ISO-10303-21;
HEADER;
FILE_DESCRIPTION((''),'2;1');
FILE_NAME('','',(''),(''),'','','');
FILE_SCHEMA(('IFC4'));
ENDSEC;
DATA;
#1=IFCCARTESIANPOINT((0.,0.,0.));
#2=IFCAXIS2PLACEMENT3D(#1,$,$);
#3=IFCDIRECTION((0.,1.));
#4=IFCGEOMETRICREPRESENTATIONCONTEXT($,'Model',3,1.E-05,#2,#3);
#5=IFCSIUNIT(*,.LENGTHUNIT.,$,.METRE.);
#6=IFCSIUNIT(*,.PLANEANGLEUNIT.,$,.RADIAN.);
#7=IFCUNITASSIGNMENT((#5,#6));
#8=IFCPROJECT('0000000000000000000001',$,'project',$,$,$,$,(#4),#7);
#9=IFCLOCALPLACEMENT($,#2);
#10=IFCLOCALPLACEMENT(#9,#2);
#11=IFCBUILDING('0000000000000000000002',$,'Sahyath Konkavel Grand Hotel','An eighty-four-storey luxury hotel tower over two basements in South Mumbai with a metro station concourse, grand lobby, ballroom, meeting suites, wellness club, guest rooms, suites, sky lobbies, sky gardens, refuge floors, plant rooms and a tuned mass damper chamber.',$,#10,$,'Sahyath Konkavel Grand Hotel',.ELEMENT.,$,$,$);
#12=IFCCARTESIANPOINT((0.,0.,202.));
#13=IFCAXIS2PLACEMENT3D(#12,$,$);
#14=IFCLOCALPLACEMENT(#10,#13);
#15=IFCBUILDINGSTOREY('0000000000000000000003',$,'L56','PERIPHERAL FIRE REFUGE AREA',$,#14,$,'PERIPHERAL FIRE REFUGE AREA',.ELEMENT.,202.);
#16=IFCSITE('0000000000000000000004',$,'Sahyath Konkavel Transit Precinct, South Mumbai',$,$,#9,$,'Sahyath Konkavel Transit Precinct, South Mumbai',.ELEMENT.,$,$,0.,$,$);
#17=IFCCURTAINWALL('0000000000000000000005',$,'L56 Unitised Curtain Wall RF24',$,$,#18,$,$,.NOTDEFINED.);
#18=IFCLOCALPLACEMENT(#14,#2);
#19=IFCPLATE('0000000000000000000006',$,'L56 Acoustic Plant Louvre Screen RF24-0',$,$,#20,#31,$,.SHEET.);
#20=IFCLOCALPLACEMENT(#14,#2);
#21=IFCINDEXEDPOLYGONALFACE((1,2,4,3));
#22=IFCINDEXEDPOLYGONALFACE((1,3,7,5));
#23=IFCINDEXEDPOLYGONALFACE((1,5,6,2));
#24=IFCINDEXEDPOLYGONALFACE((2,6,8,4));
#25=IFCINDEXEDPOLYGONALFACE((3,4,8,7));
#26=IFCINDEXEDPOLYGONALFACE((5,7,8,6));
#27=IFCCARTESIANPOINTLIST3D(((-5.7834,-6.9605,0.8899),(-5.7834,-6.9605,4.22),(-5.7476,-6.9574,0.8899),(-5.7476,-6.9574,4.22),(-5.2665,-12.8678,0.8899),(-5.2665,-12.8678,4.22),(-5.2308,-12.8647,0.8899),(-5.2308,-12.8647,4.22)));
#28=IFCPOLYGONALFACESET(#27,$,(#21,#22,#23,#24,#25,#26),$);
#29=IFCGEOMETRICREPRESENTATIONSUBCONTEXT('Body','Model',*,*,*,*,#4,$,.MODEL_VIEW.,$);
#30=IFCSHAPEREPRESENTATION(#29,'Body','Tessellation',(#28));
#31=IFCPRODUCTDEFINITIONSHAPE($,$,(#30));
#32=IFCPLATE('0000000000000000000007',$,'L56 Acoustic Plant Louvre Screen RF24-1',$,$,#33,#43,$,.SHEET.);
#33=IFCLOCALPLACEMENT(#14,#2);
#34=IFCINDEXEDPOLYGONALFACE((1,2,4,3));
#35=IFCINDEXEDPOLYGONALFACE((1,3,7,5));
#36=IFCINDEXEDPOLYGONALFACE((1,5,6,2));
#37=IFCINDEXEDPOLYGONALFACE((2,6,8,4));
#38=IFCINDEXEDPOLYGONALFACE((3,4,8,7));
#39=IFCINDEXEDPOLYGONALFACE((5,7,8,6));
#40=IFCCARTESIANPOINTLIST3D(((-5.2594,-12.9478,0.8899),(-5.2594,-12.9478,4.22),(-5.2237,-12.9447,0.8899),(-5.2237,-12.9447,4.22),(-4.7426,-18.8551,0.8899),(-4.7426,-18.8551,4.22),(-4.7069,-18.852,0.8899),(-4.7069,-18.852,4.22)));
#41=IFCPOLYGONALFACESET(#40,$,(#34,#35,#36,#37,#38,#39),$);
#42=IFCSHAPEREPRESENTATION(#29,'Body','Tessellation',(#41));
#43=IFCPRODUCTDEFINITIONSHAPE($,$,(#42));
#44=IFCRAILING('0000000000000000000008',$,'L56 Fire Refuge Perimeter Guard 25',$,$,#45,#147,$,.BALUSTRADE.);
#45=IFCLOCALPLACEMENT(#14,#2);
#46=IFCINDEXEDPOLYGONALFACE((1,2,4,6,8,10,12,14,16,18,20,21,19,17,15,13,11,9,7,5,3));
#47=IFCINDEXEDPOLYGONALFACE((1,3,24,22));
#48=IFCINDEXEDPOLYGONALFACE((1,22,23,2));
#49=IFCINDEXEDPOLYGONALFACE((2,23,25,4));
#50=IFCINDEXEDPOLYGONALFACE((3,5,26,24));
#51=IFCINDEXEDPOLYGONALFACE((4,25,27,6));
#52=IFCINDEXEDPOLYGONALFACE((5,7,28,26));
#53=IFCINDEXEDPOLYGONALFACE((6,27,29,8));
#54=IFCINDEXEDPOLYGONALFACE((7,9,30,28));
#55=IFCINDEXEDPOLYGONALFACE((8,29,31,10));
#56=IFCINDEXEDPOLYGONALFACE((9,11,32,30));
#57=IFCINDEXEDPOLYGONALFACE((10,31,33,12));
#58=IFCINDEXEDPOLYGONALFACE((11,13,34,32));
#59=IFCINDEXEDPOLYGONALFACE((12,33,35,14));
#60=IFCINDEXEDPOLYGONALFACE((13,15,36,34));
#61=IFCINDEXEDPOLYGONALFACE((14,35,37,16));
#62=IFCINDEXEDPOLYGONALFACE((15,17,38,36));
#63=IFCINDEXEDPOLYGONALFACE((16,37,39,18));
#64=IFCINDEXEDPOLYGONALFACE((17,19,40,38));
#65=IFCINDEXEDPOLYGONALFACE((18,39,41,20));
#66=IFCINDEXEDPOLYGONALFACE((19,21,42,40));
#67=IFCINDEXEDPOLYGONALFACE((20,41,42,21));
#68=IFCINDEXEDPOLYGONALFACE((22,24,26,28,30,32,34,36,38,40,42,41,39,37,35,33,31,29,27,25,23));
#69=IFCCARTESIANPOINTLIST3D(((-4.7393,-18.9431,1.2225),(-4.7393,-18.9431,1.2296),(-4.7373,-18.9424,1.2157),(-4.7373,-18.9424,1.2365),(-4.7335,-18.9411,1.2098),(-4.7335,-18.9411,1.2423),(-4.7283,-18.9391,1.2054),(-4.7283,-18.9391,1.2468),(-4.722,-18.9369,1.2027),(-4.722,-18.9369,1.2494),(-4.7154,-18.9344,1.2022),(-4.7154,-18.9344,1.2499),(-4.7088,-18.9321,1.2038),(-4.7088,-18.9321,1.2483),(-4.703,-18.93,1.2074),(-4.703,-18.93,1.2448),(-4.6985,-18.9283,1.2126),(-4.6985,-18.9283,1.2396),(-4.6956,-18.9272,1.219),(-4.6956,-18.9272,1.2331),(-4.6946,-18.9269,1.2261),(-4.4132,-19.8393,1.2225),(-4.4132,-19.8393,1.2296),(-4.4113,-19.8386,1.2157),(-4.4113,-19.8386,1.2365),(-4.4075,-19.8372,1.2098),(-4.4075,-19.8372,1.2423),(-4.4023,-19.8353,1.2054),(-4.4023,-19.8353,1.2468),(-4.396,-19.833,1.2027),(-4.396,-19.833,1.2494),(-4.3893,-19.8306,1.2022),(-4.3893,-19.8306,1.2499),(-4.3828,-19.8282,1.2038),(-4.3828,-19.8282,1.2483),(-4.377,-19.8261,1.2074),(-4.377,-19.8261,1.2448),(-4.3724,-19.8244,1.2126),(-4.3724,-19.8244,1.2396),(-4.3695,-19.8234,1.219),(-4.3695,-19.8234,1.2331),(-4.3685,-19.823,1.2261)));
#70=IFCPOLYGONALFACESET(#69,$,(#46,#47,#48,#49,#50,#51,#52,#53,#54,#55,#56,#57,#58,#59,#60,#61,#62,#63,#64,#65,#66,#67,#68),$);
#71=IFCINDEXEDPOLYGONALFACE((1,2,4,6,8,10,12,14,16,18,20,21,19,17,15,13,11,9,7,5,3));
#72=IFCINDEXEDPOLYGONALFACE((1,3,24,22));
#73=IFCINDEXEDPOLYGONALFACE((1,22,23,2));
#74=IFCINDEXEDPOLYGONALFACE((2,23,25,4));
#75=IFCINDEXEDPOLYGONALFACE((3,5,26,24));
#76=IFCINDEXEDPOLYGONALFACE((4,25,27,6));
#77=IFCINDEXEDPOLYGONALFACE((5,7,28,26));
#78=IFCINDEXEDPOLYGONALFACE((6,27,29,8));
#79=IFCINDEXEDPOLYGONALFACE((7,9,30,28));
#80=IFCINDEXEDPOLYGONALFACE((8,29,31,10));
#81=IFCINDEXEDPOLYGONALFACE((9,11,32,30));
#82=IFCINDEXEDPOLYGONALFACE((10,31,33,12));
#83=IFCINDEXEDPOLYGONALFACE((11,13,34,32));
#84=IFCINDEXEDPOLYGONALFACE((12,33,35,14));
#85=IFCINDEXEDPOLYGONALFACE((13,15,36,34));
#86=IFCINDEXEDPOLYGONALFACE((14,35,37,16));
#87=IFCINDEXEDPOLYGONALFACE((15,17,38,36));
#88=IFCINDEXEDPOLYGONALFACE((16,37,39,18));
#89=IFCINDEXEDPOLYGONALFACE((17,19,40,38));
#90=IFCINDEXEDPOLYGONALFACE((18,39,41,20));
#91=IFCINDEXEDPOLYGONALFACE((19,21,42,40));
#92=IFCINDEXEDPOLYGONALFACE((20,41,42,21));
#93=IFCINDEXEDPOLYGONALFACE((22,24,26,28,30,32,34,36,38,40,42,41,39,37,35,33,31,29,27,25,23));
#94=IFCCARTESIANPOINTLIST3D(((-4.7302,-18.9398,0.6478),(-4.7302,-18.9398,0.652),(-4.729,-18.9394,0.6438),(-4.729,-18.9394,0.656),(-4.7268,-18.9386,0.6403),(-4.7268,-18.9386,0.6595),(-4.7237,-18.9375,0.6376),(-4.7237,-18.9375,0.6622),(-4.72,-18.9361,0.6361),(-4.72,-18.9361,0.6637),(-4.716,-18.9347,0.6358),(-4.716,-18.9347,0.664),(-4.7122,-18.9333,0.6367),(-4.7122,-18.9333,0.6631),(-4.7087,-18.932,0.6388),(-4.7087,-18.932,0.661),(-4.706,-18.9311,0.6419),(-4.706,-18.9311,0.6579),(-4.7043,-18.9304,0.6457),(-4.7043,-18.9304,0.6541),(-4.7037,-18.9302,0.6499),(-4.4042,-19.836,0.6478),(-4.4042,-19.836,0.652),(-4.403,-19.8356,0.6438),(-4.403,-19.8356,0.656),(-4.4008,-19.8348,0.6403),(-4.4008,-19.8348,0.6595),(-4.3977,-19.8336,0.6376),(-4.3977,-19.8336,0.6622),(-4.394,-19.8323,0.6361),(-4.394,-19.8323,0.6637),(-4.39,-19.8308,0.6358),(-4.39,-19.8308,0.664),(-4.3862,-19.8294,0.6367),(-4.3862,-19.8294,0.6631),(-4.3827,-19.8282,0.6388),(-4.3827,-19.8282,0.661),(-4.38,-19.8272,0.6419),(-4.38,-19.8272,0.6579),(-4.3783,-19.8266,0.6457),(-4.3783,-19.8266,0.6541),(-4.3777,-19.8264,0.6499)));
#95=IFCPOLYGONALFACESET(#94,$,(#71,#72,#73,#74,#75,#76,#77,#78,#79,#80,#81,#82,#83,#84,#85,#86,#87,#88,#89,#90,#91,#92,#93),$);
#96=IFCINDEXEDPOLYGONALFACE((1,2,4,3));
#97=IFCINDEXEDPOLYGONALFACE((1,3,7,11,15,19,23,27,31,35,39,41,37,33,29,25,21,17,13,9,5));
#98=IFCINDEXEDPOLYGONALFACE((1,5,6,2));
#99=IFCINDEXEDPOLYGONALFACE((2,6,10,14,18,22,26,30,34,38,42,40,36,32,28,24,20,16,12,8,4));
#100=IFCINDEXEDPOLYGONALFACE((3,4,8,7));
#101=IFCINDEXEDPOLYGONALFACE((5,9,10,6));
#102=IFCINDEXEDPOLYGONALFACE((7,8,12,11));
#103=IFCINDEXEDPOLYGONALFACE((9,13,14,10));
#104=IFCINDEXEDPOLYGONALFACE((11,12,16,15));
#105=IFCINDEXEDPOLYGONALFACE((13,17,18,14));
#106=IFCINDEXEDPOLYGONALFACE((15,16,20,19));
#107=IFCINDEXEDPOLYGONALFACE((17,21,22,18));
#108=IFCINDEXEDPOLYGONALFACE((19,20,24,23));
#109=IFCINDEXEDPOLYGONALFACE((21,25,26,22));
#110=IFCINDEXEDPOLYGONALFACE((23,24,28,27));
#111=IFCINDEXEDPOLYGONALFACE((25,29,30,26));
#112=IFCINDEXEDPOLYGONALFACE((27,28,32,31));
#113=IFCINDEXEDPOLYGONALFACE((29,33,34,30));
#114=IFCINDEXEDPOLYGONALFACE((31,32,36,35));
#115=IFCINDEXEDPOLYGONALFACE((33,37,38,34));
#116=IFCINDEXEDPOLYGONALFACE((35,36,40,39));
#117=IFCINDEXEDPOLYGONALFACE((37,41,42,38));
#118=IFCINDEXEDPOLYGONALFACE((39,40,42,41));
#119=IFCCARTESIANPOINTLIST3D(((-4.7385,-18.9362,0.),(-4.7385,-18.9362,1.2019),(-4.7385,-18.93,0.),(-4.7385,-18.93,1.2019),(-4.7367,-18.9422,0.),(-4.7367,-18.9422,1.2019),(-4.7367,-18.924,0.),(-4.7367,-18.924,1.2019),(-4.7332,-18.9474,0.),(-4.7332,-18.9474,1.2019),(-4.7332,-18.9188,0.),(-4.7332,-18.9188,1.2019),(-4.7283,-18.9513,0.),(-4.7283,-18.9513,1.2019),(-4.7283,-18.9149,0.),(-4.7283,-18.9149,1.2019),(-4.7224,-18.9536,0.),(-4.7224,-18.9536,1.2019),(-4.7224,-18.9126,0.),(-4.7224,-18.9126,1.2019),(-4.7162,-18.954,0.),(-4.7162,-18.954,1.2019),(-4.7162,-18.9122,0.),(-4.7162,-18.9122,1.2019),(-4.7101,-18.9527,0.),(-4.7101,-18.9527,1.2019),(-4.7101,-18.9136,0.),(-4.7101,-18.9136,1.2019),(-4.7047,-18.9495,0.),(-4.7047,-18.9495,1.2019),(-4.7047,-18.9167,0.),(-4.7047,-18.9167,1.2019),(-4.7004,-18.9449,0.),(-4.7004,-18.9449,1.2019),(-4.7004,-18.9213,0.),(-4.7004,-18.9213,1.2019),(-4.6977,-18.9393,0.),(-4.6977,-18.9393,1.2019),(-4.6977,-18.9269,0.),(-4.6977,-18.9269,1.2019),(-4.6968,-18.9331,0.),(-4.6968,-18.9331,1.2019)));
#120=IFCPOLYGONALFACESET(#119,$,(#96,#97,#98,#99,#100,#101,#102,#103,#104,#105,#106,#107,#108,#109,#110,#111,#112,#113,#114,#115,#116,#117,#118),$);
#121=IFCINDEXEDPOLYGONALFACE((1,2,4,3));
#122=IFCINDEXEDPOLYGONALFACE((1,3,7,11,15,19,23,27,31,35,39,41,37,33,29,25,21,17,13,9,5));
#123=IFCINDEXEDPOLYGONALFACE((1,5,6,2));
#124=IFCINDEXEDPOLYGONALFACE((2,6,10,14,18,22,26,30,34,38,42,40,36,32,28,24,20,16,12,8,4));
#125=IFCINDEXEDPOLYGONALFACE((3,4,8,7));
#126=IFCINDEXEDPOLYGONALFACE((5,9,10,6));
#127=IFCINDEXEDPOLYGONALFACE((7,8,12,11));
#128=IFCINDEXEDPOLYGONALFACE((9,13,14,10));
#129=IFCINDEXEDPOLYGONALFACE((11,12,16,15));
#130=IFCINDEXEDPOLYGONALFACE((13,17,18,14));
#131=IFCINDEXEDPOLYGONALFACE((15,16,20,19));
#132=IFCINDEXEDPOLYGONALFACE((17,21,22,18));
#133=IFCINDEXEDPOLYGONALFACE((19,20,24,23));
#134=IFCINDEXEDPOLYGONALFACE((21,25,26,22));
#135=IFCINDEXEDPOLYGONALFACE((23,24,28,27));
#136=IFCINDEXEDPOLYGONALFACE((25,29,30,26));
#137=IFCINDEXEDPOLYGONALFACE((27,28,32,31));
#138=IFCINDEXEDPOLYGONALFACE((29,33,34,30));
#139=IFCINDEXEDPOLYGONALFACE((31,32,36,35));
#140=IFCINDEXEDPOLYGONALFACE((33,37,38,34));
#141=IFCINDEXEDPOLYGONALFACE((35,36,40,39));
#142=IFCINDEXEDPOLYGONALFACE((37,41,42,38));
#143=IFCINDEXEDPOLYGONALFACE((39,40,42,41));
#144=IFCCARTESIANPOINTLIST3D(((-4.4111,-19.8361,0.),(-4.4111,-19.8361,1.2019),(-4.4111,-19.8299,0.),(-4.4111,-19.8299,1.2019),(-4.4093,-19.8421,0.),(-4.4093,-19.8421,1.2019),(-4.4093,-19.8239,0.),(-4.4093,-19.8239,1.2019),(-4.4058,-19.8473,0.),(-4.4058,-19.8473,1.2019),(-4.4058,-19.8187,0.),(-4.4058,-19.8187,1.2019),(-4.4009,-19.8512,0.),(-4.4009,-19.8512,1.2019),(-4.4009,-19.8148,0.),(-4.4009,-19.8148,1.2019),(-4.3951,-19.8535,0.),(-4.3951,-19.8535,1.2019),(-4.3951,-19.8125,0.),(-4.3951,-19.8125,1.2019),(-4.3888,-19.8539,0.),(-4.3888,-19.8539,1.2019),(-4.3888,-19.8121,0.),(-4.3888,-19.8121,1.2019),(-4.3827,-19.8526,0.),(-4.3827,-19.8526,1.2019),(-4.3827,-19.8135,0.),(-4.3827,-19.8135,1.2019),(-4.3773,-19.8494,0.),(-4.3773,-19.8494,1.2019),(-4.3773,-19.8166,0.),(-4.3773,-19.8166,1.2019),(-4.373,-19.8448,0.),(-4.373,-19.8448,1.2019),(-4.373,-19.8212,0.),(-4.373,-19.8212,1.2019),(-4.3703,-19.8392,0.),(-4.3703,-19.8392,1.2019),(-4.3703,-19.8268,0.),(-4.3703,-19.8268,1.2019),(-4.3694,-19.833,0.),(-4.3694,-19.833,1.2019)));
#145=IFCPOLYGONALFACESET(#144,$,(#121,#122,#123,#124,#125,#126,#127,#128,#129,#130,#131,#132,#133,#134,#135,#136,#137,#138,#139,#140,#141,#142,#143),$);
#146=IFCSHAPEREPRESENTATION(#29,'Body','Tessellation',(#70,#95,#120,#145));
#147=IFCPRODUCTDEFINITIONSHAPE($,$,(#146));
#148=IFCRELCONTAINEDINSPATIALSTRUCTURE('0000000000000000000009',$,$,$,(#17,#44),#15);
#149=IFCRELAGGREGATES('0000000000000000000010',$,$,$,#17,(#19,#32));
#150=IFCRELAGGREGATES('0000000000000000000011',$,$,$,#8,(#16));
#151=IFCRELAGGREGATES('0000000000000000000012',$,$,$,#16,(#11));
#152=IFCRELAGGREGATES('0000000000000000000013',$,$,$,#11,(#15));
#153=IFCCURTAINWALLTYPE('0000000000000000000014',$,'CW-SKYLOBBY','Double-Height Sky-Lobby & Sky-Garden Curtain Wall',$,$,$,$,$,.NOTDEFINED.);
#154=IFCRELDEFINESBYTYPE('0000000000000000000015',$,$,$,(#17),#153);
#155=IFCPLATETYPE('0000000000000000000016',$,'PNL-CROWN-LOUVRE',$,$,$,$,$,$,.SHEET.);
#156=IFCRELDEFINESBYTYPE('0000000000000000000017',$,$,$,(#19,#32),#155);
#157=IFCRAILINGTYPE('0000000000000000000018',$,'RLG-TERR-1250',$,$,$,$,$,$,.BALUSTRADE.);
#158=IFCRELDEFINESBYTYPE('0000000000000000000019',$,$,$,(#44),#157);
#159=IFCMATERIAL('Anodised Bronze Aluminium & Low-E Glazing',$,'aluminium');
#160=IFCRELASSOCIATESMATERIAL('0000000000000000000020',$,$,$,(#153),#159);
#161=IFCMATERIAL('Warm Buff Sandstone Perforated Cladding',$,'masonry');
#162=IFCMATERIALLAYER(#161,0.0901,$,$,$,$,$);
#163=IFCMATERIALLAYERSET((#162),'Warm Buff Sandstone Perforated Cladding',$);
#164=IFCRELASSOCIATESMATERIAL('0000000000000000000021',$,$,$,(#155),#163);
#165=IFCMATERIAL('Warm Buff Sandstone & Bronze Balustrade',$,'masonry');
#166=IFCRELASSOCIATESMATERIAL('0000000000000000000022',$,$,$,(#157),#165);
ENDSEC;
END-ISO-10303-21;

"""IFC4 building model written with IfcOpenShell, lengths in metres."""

from ifc_helpers import new_model, si_unit, direction, frame, origin, origin_2d, place, context, subcontext, project, spatial, rectangle, circle, extrude, source, transform, mapped, material, layer, layer_set, type_object, element, aggregate, save


model = new_model("IFC4")

# Units and contexts
model_context = context("Model", 3, precision=1e-05, world=origin(), true_north=direction((0.0, 1.0)))
body_context = subcontext(model_context, "Body", "Model", "MODEL_VIEW")
ifc_project = project(units=[si_unit("LENGTHUNIT", "METRE"), si_unit("PLANEANGLEUNIT", "RADIAN")], contexts=[model_context])

# Site, building, storey
site_placement = place(None, origin())
site = spatial("IfcSite", under=ifc_project, at=site_placement, Name="Sahyath Konkavel Transit Precinct, South Mumbai", LongName="Sahyath Konkavel Transit Precinct, South Mumbai", CompositionType="ELEMENT", RefElevation=0.0)
building_placement = place(site_placement, origin())
building = spatial("IfcBuilding", under=site, at=building_placement, Name="Sahyath Konkavel Grand Hotel", Description="An eighty-four-storey luxury hotel tower over two basements in South Mumbai with a metro station concourse, grand lobby, ballroom, meeting suites, wellness club, guest rooms, suites, sky lobbies, sky gardens, refuge floors, plant rooms and a tuned mass damper chamber.", LongName="Sahyath Konkavel Grand Hotel", CompositionType="ELEMENT")
storey_placement = place(building_placement, frame((0.0, 0.0, 202.0)))
storey = spatial("IfcBuildingStorey", under=building, at=storey_placement, Name="L56", Description="PERIPHERAL FIRE REFUGE AREA", LongName="PERIPHERAL FIRE REFUGE AREA", CompositionType="ELEMENT", Elevation=202.0)

# Curtain wall
ifc_material_1 = material(Name="Anodised Bronze Aluminium & Low-E Glazing", Category="aluminium")
curtain_wall_type = type_object("IfcCurtainWallType", Name="CW-SKYLOBBY", Description="Double-Height Sky-Lobby & Sky-Garden Curtain Wall", PredefinedType="NOTDEFINED", material=ifc_material_1)
curtain_wall_placement = place(storey_placement, origin())
curtain_wall = element("IfcCurtainWall", 1, at=curtain_wall_placement, inside=storey, type_object=curtain_wall_type, Name="L56 Unitised Curtain Wall RF24", PredefinedType="NOTDEFINED")

# Plates
ifc_material_2 = material(Name="Warm Buff Sandstone Perforated Cladding", Category="masonry")
ifc_layer_1 = layer(ifc_material_2, 0.0901)
ifc_layer_set_1 = layer_set([ifc_layer_1], Name="Warm Buff Sandstone Perforated Cladding")
plate_type_1 = type_object("IfcPlateType", Name="PNL-CROWN-LOUVRE", PredefinedType="SHEET", material=ifc_layer_set_1)
shared_shape_1 = source(origin(), body_context, "Body", "SweptSolid", [
    extrude(rectangle(XDim=5.9299, YDim=0.0359, at=origin_2d()), origin(), (0.0, 0.0, 1.0), 3.3301),
])
plate_1_placement = place(storey_placement, frame((-5.5071, -9.9126, 0.8899), z_axis=(0.0, 0.0, 1.0), x_axis=(0.087156, -0.996195, 0.0)))
plate_1 = element("IfcPlate", 2, at=plate_1_placement, type_object=plate_type_1, Name="L56 Acoustic Plant Louvre Screen RF24-0", PredefinedType="SHEET", context=body_context, shape_type="MappedRepresentation", body=[
    mapped(shared_shape_1, transform((0.0, 0.0, 0.0), scale=1.0)),
])
plate_2_placement = place(storey_placement, frame((-4.9832, -15.8999, 0.8899), z_axis=(0.0, 0.0, 1.0), x_axis=(0.087156, -0.996195, 0.0)))
plate_2 = element("IfcPlate", 3, at=plate_2_placement, type_object=plate_type_1, Name="L56 Acoustic Plant Louvre Screen RF24-1", PredefinedType="SHEET", context=body_context, shape_type="MappedRepresentation", body=[
    mapped(shared_shape_1, transform((0.0, 0.0, 0.0), scale=1.0)),
])
aggregate(curtain_wall, [plate_1, plate_2])

# Railing
ifc_material_3 = material(Name="Warm Buff Sandstone & Bronze Balustrade", Category="masonry")
railing_type = type_object("IfcRailingType", Name="RLG-TERR-1250", PredefinedType="BALUSTRADE", material=ifc_material_3)
railing_1_placement = place(storey_placement, frame((-4.7178, -18.9331, 0.0)))
element("IfcRailing", 4, at=railing_1_placement, inside=storey, type_object=railing_type, Name="L56 Fire Refuge Perimeter Guard 25", PredefinedType="BALUSTRADE", context=body_context, shape_type="SweptSolid", body=[
    extrude(circle(Radius=0.0239, at=origin_2d()), frame((0.0007, -0.002, 1.2261), z_axis=(0.341886, -0.939741, 0.0), x_axis=(0.939741, 0.341886, 0.0)), (0.0, 0.0, 1.0), 0.9536),
    extrude(circle(Radius=0.0142, at=origin_2d()), frame((0.0007, -0.002, 0.6499), z_axis=(0.341886, -0.939741, 0.0), x_axis=(0.939741, 0.341886, 0.0)), (0.0, 0.0, 1.0), 0.9536),
    extrude(circle(Radius=0.021, at=origin_2d()), origin(), (0.0, 0.0, 1.0), 1.2019),
    extrude(circle(Radius=0.021, at=origin_2d()), frame((0.3274, -0.8999, 0.0)), (0.0, 0.0, 1.0), 1.2019),
])

save(model, "model.ifc")
